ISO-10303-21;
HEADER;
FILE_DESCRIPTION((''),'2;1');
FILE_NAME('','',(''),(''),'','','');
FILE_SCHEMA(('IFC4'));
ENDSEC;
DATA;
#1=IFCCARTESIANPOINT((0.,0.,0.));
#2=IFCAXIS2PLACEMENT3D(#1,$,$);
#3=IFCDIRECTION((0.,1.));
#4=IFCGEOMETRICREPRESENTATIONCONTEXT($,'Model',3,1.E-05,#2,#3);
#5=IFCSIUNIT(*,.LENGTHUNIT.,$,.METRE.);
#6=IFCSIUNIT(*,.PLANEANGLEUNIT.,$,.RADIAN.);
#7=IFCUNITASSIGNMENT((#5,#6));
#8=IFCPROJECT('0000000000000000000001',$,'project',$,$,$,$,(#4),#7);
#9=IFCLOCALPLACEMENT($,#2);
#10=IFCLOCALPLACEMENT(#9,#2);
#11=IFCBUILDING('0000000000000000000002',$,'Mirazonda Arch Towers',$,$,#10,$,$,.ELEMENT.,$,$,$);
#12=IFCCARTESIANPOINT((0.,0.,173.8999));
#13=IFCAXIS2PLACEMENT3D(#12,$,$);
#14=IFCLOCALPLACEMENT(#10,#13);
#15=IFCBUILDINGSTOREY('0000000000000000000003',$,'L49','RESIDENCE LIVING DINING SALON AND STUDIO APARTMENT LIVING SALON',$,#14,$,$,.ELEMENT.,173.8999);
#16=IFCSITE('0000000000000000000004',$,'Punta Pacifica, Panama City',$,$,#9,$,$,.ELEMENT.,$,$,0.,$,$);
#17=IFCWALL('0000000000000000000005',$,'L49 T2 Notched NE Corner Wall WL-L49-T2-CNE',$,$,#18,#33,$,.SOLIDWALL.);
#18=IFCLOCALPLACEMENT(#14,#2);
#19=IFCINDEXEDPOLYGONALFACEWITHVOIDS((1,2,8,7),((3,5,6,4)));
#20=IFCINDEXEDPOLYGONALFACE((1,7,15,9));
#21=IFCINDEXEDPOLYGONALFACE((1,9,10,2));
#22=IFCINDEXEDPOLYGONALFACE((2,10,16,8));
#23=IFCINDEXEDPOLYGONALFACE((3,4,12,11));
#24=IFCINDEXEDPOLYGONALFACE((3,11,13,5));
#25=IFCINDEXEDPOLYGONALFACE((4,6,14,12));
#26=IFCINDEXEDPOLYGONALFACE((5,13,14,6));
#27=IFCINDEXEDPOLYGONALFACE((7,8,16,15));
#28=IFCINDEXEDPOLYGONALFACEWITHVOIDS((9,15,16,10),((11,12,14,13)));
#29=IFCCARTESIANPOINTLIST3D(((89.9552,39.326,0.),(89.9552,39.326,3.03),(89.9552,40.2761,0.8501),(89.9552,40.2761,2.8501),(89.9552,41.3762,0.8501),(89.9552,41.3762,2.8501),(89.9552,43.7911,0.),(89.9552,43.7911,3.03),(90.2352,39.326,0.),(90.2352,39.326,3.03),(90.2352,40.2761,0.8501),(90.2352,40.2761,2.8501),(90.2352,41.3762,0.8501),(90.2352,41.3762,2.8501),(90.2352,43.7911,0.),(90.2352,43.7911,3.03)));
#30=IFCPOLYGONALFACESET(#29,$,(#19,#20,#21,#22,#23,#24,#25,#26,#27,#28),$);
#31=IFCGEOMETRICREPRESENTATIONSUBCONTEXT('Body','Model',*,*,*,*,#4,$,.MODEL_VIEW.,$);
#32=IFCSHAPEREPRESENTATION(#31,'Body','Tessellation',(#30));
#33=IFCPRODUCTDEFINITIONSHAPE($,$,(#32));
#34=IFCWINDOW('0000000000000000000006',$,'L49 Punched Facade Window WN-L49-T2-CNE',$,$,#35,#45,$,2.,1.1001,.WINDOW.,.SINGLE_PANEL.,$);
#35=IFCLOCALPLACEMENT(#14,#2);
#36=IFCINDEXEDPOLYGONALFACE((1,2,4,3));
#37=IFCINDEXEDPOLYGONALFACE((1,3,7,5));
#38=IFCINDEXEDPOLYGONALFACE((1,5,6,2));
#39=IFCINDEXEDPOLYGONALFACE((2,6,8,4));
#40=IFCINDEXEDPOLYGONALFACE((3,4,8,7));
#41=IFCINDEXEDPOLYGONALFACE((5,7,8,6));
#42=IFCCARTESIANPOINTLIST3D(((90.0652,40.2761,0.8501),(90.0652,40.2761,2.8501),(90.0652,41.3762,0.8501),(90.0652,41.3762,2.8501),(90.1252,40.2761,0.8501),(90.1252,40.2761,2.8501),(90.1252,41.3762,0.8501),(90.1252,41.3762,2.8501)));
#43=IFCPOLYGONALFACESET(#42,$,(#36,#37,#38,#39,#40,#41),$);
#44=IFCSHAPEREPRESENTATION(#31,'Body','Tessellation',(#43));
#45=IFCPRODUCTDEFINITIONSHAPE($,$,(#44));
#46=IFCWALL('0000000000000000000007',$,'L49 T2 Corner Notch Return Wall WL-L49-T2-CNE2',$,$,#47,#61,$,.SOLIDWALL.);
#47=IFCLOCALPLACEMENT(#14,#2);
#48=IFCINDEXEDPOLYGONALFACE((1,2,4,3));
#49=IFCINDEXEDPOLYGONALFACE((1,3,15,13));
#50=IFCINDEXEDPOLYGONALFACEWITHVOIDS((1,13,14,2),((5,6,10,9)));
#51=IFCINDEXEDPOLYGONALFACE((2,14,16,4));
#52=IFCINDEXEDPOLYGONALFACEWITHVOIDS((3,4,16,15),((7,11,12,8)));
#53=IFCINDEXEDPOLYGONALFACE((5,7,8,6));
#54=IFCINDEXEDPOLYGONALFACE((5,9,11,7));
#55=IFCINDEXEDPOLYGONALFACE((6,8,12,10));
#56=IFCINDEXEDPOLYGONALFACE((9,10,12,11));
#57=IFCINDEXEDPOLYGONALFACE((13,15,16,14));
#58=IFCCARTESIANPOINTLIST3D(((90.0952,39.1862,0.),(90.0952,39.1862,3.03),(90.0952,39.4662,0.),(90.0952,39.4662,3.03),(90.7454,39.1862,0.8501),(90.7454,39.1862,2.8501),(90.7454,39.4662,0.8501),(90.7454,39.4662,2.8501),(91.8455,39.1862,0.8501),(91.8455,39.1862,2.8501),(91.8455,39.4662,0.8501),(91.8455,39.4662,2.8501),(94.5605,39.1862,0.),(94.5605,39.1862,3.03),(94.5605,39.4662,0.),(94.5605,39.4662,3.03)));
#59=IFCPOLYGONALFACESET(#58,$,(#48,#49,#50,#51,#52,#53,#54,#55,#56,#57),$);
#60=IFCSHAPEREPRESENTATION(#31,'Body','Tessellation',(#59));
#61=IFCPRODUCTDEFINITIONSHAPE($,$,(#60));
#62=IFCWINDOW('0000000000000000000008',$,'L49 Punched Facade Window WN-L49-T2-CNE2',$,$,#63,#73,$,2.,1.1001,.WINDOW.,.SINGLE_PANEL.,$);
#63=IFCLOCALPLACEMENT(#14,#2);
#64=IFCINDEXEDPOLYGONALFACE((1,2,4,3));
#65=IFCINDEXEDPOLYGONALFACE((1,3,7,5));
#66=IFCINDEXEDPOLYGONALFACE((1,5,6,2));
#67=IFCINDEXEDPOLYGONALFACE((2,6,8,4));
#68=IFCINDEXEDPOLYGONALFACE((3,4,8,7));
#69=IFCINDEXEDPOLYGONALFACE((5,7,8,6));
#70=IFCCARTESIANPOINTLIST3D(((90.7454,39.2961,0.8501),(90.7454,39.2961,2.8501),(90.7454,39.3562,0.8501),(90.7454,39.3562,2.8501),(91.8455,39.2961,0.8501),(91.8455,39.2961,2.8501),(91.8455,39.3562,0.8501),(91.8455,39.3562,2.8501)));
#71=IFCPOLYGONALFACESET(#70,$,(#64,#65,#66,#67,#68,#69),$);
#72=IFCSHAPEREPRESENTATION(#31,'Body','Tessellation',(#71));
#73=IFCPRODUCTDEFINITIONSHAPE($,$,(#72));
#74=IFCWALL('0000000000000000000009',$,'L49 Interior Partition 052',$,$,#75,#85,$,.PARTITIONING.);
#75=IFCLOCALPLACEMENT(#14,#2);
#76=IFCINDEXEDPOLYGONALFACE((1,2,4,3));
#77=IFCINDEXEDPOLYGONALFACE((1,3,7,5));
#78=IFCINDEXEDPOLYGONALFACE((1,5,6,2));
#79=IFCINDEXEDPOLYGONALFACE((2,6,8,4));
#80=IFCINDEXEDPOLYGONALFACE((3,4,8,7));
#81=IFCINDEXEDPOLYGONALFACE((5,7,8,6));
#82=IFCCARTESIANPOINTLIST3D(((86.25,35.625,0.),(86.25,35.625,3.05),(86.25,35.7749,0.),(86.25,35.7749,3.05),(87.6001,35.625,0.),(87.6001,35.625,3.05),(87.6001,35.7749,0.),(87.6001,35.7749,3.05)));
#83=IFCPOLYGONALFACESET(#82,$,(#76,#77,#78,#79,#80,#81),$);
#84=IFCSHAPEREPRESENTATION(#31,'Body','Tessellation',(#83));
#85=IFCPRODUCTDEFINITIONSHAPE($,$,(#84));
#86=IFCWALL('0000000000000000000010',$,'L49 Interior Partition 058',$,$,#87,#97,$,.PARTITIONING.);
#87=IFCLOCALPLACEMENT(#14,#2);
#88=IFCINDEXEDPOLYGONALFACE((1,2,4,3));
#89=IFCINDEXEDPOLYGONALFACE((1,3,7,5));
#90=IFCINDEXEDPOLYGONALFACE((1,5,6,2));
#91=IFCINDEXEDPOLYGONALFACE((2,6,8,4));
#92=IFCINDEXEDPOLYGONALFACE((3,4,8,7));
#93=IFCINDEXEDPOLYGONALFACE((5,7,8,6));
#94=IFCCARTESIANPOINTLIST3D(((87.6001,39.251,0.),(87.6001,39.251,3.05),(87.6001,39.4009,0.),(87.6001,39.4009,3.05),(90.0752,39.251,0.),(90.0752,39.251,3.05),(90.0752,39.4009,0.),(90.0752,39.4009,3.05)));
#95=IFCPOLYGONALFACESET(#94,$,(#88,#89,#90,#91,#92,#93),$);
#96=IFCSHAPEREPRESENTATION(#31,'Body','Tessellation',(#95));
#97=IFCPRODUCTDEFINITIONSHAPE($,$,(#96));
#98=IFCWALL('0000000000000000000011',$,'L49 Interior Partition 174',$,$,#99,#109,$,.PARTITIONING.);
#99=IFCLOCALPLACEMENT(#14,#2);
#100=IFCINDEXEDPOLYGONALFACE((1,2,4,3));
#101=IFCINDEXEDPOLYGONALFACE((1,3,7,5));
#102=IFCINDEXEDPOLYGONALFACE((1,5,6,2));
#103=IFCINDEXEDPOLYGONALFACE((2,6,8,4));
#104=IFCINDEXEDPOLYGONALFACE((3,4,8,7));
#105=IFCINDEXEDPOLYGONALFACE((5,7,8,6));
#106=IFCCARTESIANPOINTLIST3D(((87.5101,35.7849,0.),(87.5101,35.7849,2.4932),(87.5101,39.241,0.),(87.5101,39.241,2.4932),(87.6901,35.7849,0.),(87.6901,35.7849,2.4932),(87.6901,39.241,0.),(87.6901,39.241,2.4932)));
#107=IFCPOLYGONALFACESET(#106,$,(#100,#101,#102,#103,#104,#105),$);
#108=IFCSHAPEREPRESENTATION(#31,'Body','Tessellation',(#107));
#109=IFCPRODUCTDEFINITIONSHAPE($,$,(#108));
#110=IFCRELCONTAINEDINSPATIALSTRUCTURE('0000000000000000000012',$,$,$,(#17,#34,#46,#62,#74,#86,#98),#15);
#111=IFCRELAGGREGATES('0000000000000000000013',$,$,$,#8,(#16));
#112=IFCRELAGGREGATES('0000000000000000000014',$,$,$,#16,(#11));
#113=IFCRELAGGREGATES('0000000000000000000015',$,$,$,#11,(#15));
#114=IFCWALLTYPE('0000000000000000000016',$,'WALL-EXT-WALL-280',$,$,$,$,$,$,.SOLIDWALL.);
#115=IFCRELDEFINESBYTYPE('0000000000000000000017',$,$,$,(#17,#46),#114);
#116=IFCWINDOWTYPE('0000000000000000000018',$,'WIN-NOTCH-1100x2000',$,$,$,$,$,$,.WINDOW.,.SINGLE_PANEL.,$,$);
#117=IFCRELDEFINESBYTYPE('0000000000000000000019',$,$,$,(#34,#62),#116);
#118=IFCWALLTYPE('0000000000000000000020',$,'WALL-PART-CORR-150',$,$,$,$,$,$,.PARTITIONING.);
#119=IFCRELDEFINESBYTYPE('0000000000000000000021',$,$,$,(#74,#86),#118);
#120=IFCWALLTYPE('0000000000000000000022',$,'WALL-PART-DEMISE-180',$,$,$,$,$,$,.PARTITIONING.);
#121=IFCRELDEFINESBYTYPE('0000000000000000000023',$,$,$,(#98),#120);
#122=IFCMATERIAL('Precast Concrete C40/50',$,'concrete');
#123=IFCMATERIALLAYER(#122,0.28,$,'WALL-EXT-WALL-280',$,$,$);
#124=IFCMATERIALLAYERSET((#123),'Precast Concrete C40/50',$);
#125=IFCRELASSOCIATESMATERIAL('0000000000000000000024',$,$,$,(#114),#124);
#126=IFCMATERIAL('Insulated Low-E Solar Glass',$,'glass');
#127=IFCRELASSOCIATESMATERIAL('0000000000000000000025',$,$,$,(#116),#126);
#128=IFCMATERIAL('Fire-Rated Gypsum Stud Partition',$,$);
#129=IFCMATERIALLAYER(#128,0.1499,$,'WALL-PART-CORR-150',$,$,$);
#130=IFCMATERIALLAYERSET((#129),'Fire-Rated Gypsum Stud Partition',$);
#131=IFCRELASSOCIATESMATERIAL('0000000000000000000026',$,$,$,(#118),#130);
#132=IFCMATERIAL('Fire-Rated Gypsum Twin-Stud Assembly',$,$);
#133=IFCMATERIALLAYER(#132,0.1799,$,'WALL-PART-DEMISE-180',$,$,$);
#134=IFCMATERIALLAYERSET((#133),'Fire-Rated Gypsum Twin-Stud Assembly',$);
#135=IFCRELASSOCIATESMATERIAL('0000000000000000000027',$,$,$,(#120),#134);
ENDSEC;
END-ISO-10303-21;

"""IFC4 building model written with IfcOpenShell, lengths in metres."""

from ifc_helpers import new_model, si_unit, direction, frame, frame_2d, origin, place, context, subcontext, project, spatial, rectangle, extrude, material, layer, layer_set, type_object, element, fill, save


model = new_model("IFC4")

# Units and contexts
model_context = context("Model", 3, precision=1e-05, world=origin(), true_north=direction((0.0, 1.0)))
body_context = subcontext(model_context, "Body", "Model", "MODEL_VIEW")
ifc_project = project(units=[si_unit("LENGTHUNIT", "METRE"), si_unit("PLANEANGLEUNIT", "RADIAN")], contexts=[model_context])

# Site, building, storey
site_placement = place(None, origin())
site = spatial("IfcSite", under=ifc_project, at=site_placement, Name="Punta Pacifica, Panama City", CompositionType="ELEMENT", RefElevation=0.0)
building_placement = place(site_placement, origin())
building = spatial("IfcBuilding", under=site, at=building_placement, Name="Mirazonda Arch Towers", CompositionType="ELEMENT")
storey_placement = place(building_placement, frame((0.0, 0.0, 173.8999)))
storey = spatial("IfcBuildingStorey", under=building, at=storey_placement, Name="L49", Description="RESIDENCE LIVING DINING SALON AND STUDIO APARTMENT LIVING SALON", CompositionType="ELEMENT", Elevation=173.8999)

# Shared definitions
ifc_material_1 = material(Name="Insulated Low-E Solar Glass", Category="glass")

# Walls, openings, windows
ifc_material_2 = material(Name="Precast Concrete C40/50", Category="concrete")
ifc_layer_1 = layer(ifc_material_2, 0.28, Name="WALL-EXT-WALL-280")
ifc_layer_set_1 = layer_set([ifc_layer_1], Name="Precast Concrete C40/50")
wall_type_1 = type_object("IfcWallType", Name="WALL-EXT-WALL-280", PredefinedType="SOLIDWALL", material=ifc_layer_set_1)
wall_1_placement = place(storey_placement, frame((90.0952, 39.3262, 0.0), z_axis=(0.0, 0.0, 1.0), x_axis=(0.0, 1.0, 0.0)))
wall_1 = element("IfcWall", 1, at=wall_1_placement, inside=storey, type_object=wall_type_1, Name="L49 T2 Notched NE Corner Wall WL-L49-T2-CNE", PredefinedType="SOLIDWALL", context=body_context, shape_type="SweptSolid", body=[
    extrude(rectangle(XDim=4.4651, YDim=0.28, at=frame_2d((2.2324, 0.0))), origin(), (0.0, 0.0, 1.0), 3.03),
])
opening_1_placement = place(wall_1_placement, frame((0.95, 0.0, 0.8501)))
opening_1 = element("IfcOpeningElement", 2, at=opening_1_placement, cuts=wall_1, PredefinedType="OPENING", context=body_context, shape_type="SweptSolid", body=[
    extrude(rectangle(XDim=1.1001, YDim=2.0, at=frame_2d((0.55, 1.0))), frame((0.0, 0.1499, 0.0), z_axis=(0.0, -1.0, 0.0), x_axis=(1.0, 0.0, 0.0)), (0.0, 0.0, 1.0), 0.3),
])
window_type = type_object("IfcWindowType", Name="WIN-NOTCH-1100x2000", PartitioningType="SINGLE_PANEL", PredefinedType="WINDOW", material=ifc_material_1)
window_1_placement = place(opening_1_placement, origin())
window_1 = element("IfcWindow", 3, at=window_1_placement, inside=storey, type_object=window_type, Name="L49 Punched Facade Window WN-L49-T2-CNE", OverallHeight=2.0, OverallWidth=1.1001, PartitioningType="SINGLE_PANEL", PredefinedType="WINDOW", context=body_context, shape_type="SweptSolid", body=[
    extrude(rectangle(XDim=1.1001, YDim=2.0, at=frame_2d((0.55, 1.0))), frame((0.0, 0.03, 0.0), z_axis=(0.0, -1.0, 0.0), x_axis=(1.0, 0.0, 0.0)), (0.0, 0.0, 1.0), 0.0601),
])
fill(opening_1, window_1)
wall_2_placement = place(storey_placement, frame((94.5605, 39.3262, 0.0), z_axis=(0.0, 0.0, 1.0), x_axis=(-1.0, 0.0, 0.0)))
wall_2 = element("IfcWall", 4, at=wall_2_placement, inside=storey, type_object=wall_type_1, Name="L49 T2 Corner Notch Return Wall WL-L49-T2-CNE2", PredefinedType="SOLIDWALL", context=body_context, shape_type="SweptSolid", body=[
    extrude(rectangle(XDim=4.4653, YDim=0.28, at=frame_2d((2.2327, 0.0))), origin(), (0.0, 0.0, 1.0), 3.03),
])
opening_2_placement = place(wall_2_placement, frame((2.7151, 0.0, 0.8501)))
opening_2 = element("IfcOpeningElement", 5, at=opening_2_placement, cuts=wall_2, PredefinedType="OPENING", context=body_context, shape_type="SweptSolid", body=[
    extrude(rectangle(XDim=1.1001, YDim=2.0, at=frame_2d((0.55, 1.0))), frame((0.0, 0.1499, 0.0), z_axis=(0.0, -1.0, 0.0), x_axis=(1.0, 0.0, 0.0)), (0.0, 0.0, 1.0), 0.3),
])
window_2_placement = place(opening_2_placement, origin())
window_2 = element("IfcWindow", 6, at=window_2_placement, inside=storey, type_object=window_type, Name="L49 Punched Facade Window WN-L49-T2-CNE2", OverallHeight=2.0, OverallWidth=1.1001, PartitioningType="SINGLE_PANEL", PredefinedType="WINDOW", context=body_context, shape_type="SweptSolid", body=[
    extrude(rectangle(XDim=1.1001, YDim=2.0, at=frame_2d((0.55, 1.0))), frame((0.0, 0.03, 0.0), z_axis=(0.0, -1.0, 0.0), x_axis=(1.0, 0.0, 0.0)), (0.0, 0.0, 1.0), 0.0601),
])
fill(opening_2, window_2)

# Walls
ifc_material_3 = material(Name="Fire-Rated Gypsum Stud Partition")
ifc_layer_2 = layer(ifc_material_3, 0.1499, Name="WALL-PART-CORR-150")
ifc_layer_set_2 = layer_set([ifc_layer_2], Name="Fire-Rated Gypsum Stud Partition")
wall_type_2 = type_object("IfcWallType", Name="WALL-PART-CORR-150", PredefinedType="PARTITIONING", material=ifc_layer_set_2)
wall_3_placement = place(storey_placement, frame((86.25, 35.7, 0.0), z_axis=(0.0, 0.0, 1.0), x_axis=(1.0, 0.0, 0.0)))
element("IfcWall", 7, at=wall_3_placement, inside=storey, type_object=wall_type_2, Name="L49 Interior Partition 052", PredefinedType="PARTITIONING", context=body_context, shape_type="SweptSolid", body=[
    extrude(rectangle(XDim=1.3501, YDim=0.1499, at=frame_2d((0.675, 0.0))), origin(), (0.0, 0.0, 1.0), 3.05),
])
wall_4_placement = place(storey_placement, frame((87.6001, 39.3259, 0.0), z_axis=(0.0, 0.0, 1.0), x_axis=(1.0, 0.0, 0.0)))
element("IfcWall", 8, at=wall_4_placement, inside=storey, type_object=wall_type_2, Name="L49 Interior Partition 058", PredefinedType="PARTITIONING", context=body_context, shape_type="SweptSolid", body=[
    extrude(rectangle(XDim=2.4751, YDim=0.1499, at=frame_2d((1.2375, 0.0))), origin(), (0.0, 0.0, 1.0), 3.05),
])
ifc_material_4 = material(Name="Fire-Rated Gypsum Twin-Stud Assembly")
ifc_layer_3 = layer(ifc_material_4, 0.1799, Name="WALL-PART-DEMISE-180")
ifc_layer_set_3 = layer_set([ifc_layer_3], Name="Fire-Rated Gypsum Twin-Stud Assembly")
wall_type_3 = type_object("IfcWallType", Name="WALL-PART-DEMISE-180", PredefinedType="PARTITIONING", material=ifc_layer_set_3)
wall_5_placement = place(storey_placement, frame((87.6001, 35.7849, 0.0), z_axis=(0.0, 0.0, 1.0), x_axis=(0.0, 1.0, 0.0)))
element("IfcWall", 9, at=wall_5_placement, inside=storey, type_object=wall_type_3, Name="L49 Interior Partition 174", PredefinedType="PARTITIONING", context=body_context, shape_type="SweptSolid", body=[
    extrude(rectangle(XDim=3.4561, YDim=0.1799, at=frame_2d((1.728, 0.0))), origin(), (0.0, 0.0, 1.0), 2.4932),
])

save(model, "model.ifc")
